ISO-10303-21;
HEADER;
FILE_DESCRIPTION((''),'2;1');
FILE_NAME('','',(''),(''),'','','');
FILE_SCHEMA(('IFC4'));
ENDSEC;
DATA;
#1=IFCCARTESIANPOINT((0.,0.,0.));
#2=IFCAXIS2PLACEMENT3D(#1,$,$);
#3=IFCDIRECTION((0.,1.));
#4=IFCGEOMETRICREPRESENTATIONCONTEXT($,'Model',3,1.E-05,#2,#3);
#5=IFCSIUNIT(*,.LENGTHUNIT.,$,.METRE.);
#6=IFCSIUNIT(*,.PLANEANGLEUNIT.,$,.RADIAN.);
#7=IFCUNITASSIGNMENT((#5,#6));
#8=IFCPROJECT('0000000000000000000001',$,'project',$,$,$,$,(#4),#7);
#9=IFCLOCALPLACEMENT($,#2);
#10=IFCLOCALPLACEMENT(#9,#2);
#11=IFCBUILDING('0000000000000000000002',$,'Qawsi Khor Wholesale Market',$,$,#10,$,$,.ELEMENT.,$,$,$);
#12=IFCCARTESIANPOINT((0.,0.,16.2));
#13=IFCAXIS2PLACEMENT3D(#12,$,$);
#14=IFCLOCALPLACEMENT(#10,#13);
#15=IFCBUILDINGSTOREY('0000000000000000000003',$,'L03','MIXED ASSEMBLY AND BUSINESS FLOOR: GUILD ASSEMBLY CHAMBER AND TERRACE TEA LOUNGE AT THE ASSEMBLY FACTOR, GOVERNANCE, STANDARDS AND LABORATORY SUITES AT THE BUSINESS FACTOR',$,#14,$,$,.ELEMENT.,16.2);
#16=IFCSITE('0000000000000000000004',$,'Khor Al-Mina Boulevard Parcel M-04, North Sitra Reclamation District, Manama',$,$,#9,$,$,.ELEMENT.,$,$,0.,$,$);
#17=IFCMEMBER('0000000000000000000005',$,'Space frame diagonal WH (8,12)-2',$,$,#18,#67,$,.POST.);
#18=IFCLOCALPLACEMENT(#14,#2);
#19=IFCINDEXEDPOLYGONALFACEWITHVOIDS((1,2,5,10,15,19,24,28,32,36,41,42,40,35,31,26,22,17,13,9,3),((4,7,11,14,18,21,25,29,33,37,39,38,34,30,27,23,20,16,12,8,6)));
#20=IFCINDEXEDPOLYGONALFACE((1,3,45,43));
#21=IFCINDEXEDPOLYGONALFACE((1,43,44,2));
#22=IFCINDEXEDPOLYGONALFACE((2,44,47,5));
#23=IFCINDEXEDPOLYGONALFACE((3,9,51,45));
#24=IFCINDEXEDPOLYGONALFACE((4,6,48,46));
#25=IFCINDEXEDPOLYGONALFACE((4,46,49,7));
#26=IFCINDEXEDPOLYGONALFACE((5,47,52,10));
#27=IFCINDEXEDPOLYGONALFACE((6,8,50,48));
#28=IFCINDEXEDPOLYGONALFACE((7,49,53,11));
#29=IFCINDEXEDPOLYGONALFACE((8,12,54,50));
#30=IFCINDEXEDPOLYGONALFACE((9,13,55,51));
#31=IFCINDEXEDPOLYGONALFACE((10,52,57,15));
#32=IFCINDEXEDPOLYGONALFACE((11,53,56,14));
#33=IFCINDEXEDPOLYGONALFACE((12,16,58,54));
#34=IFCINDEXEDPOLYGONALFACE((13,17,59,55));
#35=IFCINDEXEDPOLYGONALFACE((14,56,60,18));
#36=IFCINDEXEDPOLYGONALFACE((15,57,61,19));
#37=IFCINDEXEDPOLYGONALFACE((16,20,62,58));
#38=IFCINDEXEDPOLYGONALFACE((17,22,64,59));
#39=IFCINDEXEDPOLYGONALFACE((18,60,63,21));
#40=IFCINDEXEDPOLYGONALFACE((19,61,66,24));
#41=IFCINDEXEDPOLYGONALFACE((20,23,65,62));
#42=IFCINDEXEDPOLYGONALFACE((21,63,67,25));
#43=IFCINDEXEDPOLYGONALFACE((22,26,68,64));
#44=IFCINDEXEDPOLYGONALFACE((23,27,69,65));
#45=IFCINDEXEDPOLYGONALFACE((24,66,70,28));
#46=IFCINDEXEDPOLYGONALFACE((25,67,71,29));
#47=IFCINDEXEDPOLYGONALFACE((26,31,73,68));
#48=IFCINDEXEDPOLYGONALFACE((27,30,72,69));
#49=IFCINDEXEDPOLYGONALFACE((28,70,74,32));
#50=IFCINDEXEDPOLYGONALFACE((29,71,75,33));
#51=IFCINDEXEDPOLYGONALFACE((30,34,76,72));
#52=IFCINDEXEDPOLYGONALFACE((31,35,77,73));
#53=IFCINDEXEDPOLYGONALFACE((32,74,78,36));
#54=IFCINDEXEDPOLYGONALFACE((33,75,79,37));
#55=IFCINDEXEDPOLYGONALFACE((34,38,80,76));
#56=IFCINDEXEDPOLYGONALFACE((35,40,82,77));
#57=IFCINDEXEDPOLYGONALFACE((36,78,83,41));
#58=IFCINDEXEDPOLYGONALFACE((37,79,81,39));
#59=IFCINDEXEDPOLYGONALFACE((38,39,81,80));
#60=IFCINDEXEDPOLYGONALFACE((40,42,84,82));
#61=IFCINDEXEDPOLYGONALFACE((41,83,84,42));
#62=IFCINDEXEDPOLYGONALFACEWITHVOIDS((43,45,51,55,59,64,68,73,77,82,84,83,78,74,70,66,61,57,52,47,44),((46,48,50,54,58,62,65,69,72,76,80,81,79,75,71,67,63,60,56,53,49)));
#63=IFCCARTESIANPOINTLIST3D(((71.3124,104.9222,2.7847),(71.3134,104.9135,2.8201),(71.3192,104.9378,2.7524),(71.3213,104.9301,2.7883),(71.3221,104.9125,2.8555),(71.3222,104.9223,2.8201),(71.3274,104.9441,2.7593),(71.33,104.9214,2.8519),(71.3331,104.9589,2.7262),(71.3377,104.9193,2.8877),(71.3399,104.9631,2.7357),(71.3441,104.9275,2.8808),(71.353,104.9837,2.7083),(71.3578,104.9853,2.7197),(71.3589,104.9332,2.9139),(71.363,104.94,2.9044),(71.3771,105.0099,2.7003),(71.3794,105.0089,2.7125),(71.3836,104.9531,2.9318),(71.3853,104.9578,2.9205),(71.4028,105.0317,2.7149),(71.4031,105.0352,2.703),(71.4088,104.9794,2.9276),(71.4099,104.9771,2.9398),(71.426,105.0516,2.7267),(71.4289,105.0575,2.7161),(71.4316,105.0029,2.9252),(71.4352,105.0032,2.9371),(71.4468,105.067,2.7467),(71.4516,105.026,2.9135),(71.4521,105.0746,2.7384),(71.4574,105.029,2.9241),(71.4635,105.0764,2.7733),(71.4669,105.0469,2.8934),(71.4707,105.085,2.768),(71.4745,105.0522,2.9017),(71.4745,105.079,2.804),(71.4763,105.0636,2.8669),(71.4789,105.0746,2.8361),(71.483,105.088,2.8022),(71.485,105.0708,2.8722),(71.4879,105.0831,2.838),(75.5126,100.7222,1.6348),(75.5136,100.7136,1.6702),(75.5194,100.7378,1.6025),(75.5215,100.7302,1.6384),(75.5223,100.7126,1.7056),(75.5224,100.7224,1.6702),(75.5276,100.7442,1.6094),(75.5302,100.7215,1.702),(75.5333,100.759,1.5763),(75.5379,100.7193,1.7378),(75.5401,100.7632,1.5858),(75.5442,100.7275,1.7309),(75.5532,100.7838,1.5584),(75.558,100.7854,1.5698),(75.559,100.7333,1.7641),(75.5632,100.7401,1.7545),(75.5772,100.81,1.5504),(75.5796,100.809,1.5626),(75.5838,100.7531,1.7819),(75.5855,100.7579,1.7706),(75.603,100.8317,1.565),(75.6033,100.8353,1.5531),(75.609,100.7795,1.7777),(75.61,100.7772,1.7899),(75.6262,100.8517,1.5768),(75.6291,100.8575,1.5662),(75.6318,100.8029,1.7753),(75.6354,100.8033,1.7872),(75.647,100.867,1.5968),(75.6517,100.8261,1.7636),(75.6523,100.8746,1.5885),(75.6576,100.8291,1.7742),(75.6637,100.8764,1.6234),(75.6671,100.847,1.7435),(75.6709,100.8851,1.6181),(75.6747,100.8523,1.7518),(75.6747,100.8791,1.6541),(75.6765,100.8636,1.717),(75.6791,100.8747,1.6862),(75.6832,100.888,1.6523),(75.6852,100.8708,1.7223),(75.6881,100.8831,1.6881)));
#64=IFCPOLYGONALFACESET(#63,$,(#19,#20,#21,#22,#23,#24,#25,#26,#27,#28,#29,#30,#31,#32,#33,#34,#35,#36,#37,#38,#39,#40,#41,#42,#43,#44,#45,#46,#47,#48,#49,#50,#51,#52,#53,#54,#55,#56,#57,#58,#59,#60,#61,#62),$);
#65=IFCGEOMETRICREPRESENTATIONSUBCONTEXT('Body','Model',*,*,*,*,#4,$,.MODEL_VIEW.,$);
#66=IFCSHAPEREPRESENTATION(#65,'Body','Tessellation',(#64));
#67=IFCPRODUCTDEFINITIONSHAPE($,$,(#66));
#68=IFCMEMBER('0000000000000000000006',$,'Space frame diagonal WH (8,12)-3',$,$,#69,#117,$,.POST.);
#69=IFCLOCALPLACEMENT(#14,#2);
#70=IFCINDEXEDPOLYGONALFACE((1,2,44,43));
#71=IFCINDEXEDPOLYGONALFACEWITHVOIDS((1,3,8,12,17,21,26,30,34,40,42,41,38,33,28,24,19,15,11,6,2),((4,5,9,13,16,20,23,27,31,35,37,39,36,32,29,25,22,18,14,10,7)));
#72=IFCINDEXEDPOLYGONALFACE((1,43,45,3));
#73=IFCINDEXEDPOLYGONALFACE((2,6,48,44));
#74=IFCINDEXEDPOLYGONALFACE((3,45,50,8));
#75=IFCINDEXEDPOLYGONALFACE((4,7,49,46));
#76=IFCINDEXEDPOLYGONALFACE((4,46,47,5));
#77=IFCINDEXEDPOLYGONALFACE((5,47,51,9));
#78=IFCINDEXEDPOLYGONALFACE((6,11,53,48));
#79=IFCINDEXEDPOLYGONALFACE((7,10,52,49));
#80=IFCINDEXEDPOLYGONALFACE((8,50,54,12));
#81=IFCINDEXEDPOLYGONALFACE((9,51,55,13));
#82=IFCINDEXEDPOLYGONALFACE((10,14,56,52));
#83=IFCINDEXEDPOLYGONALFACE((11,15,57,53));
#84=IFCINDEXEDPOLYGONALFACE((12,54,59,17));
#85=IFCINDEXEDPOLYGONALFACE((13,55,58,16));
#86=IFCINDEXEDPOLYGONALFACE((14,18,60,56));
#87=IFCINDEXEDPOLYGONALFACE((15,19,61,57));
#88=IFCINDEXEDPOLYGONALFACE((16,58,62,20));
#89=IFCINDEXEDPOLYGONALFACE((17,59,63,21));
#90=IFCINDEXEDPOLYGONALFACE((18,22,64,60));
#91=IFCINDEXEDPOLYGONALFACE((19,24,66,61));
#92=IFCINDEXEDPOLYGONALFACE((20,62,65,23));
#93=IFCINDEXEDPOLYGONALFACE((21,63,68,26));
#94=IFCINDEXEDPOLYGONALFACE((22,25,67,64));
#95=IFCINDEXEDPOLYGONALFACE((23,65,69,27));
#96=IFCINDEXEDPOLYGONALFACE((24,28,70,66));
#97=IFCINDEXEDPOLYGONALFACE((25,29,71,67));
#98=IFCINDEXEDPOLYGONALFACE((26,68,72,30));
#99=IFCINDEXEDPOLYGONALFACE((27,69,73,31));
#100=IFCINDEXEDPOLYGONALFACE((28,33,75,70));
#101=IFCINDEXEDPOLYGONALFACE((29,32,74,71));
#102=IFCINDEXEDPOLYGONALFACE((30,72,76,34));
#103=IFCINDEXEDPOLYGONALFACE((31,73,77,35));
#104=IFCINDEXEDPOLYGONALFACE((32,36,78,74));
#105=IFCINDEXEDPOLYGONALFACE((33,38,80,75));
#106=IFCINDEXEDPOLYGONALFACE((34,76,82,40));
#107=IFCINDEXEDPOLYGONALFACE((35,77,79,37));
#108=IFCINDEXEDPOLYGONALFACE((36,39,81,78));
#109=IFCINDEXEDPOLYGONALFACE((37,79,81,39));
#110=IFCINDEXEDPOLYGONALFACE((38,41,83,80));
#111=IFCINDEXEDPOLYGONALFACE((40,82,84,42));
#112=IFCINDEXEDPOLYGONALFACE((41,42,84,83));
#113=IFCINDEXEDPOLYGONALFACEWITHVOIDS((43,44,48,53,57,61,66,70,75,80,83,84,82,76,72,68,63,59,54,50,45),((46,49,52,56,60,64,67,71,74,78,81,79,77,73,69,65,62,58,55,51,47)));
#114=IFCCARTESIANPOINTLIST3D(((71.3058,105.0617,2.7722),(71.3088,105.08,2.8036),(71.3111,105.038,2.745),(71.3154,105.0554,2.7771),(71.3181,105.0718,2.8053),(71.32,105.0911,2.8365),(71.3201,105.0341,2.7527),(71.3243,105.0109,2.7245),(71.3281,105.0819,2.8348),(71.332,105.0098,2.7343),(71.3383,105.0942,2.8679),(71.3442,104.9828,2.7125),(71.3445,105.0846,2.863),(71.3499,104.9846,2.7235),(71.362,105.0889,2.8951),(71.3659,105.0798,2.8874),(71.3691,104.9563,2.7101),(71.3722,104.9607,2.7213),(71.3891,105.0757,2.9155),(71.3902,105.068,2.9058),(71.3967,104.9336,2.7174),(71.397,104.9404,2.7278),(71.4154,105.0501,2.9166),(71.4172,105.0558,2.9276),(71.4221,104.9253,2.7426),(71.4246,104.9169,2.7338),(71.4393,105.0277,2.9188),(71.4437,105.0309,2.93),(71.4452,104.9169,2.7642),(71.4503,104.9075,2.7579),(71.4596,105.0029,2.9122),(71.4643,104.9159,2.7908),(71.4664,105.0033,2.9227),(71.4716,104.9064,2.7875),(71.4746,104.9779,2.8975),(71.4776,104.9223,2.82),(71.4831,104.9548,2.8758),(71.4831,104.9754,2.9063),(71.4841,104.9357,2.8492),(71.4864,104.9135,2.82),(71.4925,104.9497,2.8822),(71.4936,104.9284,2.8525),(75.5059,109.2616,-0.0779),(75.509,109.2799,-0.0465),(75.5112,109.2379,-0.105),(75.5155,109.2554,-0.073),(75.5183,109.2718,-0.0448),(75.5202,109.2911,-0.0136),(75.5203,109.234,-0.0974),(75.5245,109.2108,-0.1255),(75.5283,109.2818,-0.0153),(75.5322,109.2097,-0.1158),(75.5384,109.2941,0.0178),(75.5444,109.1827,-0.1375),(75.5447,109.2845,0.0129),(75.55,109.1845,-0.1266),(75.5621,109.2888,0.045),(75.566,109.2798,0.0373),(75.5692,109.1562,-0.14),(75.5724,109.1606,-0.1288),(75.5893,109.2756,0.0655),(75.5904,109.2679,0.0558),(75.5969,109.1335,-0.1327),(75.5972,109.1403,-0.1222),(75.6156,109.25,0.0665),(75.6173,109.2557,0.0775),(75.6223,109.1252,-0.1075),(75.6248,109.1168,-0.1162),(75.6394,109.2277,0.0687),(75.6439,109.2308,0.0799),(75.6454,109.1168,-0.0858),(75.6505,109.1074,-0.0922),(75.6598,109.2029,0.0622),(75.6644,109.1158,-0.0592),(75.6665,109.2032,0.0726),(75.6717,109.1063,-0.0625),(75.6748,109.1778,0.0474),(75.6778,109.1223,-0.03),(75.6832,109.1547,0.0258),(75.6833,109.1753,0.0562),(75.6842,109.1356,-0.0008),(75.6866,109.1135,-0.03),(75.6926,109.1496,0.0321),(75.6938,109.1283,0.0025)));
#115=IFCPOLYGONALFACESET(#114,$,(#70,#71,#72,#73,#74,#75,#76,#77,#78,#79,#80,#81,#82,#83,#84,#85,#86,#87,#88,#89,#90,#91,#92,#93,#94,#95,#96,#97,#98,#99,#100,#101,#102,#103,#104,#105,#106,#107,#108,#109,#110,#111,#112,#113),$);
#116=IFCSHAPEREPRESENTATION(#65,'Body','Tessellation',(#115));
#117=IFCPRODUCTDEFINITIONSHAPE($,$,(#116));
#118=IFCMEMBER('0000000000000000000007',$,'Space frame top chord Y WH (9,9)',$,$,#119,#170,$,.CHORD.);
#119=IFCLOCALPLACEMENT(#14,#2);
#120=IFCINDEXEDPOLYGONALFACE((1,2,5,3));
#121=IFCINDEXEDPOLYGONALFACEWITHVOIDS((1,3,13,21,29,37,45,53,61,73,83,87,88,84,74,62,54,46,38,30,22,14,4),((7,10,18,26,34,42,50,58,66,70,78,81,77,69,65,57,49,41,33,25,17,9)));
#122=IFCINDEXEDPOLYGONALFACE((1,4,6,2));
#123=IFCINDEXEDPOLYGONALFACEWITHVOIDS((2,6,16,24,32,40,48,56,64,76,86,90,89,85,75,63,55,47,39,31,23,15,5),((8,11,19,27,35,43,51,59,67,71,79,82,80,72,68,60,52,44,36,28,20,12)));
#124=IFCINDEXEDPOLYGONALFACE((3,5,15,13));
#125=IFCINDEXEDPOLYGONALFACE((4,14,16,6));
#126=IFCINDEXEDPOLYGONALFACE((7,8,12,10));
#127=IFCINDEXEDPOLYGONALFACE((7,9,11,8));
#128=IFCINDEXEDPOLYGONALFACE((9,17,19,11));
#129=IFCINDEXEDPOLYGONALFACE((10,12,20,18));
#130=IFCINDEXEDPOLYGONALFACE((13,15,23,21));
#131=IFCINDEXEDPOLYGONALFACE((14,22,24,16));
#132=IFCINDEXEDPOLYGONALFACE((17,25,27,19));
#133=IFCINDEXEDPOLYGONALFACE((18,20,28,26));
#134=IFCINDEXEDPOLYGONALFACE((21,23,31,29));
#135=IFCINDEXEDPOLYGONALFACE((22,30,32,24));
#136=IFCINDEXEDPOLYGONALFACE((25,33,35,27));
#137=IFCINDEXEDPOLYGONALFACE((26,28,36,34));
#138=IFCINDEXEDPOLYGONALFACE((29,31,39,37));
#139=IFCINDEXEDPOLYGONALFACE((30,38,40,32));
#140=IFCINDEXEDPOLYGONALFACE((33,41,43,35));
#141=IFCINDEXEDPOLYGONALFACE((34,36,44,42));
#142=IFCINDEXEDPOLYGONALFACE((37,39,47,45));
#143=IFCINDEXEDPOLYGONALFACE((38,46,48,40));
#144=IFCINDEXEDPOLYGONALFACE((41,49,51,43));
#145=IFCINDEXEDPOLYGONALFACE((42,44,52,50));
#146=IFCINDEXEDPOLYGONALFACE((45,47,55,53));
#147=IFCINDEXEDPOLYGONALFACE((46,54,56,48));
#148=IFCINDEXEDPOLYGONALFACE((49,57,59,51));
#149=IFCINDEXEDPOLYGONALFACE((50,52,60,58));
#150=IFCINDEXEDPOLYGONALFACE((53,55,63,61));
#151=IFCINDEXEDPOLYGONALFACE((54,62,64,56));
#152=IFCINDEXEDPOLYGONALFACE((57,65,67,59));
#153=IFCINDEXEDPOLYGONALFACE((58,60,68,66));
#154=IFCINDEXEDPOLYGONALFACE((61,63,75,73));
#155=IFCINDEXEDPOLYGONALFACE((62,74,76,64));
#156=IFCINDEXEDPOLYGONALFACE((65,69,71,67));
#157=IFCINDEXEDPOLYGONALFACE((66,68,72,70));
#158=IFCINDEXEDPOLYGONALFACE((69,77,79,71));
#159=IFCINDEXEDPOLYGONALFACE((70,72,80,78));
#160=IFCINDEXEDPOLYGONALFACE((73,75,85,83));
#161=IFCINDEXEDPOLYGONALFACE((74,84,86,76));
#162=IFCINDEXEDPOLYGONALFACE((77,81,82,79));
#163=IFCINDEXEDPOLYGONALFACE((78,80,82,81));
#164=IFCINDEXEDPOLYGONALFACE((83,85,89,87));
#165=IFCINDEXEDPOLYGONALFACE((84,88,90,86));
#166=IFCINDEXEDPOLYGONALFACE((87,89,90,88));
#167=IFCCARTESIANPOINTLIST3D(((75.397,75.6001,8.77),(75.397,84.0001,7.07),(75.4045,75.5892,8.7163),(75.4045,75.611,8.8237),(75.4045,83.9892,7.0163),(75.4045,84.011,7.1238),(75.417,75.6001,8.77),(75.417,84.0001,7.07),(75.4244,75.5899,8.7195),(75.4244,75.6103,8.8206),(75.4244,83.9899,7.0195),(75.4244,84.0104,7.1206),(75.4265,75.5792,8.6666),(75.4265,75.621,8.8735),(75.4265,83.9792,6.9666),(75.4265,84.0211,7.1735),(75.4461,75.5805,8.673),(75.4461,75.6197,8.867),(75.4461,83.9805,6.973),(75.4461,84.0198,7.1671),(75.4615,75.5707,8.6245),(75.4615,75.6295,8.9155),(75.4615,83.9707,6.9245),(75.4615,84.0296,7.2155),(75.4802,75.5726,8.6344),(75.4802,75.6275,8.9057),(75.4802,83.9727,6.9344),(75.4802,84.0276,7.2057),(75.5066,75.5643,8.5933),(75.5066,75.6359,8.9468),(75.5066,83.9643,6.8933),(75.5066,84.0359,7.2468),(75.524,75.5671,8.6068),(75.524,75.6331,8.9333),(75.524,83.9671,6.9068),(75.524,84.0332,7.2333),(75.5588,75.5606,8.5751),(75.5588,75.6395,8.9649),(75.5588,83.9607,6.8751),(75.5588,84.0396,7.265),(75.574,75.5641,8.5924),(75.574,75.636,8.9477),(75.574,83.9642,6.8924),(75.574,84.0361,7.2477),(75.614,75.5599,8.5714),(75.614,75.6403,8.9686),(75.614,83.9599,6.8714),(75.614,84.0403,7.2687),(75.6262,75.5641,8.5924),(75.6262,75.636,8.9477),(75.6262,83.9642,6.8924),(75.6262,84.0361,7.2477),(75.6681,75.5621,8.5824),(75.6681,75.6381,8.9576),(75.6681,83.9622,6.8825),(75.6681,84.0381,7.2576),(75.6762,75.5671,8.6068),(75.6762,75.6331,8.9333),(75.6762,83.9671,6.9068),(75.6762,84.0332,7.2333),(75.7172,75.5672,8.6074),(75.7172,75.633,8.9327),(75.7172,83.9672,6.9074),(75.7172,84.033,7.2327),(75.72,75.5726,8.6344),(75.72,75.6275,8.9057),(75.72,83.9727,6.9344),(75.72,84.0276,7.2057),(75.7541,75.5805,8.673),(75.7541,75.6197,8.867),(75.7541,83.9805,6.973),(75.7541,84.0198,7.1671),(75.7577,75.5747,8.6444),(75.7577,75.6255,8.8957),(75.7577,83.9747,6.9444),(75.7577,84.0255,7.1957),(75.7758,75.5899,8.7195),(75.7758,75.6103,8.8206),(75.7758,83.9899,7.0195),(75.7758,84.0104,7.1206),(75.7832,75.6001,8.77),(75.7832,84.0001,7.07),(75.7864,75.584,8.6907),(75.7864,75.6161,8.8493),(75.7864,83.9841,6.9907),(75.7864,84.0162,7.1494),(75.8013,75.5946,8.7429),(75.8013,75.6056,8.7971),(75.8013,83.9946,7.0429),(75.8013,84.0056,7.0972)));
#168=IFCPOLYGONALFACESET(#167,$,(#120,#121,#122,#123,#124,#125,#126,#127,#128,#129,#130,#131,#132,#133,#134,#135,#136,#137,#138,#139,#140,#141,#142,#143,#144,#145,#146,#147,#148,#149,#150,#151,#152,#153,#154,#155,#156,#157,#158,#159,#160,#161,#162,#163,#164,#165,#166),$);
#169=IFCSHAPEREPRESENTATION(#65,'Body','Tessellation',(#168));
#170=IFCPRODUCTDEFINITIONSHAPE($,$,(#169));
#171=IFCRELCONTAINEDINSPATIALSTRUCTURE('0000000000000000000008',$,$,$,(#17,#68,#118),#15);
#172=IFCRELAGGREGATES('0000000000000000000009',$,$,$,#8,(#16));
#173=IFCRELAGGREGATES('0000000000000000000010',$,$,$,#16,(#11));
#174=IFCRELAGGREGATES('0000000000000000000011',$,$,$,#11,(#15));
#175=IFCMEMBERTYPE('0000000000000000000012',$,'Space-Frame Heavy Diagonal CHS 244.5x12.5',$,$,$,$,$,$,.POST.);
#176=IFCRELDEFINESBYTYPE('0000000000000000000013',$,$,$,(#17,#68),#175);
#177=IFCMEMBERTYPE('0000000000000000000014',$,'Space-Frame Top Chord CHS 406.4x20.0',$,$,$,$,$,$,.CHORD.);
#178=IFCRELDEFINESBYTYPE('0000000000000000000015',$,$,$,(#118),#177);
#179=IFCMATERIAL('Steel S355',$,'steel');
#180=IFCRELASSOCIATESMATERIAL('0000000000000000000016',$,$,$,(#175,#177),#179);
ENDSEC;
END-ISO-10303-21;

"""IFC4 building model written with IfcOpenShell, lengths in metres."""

from ifc_helpers import new_model, si_unit, direction, frame, origin, origin_2d, place, context, subcontext, project, spatial, hollow_circle, extrude, material, material_profile, profile_set, type_object, element, save


model = new_model("IFC4")

# Units and contexts
model_context = context("Model", 3, precision=1e-05, world=origin(), true_north=direction((0.0, 1.0)))
body_context = subcontext(model_context, "Body", "Model", "MODEL_VIEW")
ifc_project = project(units=[si_unit("LENGTHUNIT", "METRE"), si_unit("PLANEANGLEUNIT", "RADIAN")], contexts=[model_context])

# Site, building, storey
site_placement = place(None, origin())
site = spatial("IfcSite", under=ifc_project, at=site_placement, Name="Khor Al-Mina Boulevard Parcel M-04, North Sitra Reclamation District, Manama", CompositionType="ELEMENT", RefElevation=0.0)
building_placement = place(site_placement, origin())
building = spatial("IfcBuilding", under=site, at=building_placement, Name="Qawsi Khor Wholesale Market", CompositionType="ELEMENT")
storey_placement = place(building_placement, frame((0.0, 0.0, 16.2)))
storey = spatial("IfcBuildingStorey", under=building, at=storey_placement, Name="L03", Description="MIXED ASSEMBLY AND BUSINESS FLOOR: GUILD ASSEMBLY CHAMBER AND TERRACE TEA LOUNGE AT THE ASSEMBLY FACTOR, GOVERNANCE, STANDARDS AND LABORATORY SUITES AT THE BUSINESS FACTOR", CompositionType="ELEMENT", Elevation=16.2)

# Members
ifc_material_1 = material(Name="Steel S355", Category="steel")
ifc_material_profile_1 = material_profile(ifc_material_1, hollow_circle(Radius=0.1223, WallThickness=0.0125, at=origin_2d()), Name="CHS 244.5x12.5")
ifc_profile_set_1 = profile_set([ifc_material_profile_1], Name="Steel S355")
member_type_1 = type_object("IfcMemberType", Name="Space-Frame Heavy Diagonal CHS 244.5x12.5", PredefinedType="POST", material=ifc_profile_set_1)
member_1_placement = place(storey_placement, frame((75.6001, 100.8, 1.6702), z_axis=(-0.694238, 0.694197, 0.190064), x_axis=(-0.707086, -0.707127, 0.0)))
element("IfcMember", 1, at=member_1_placement, inside=storey, type_object=member_type_1, Name="Space frame diagonal WH (8,12)-2", PredefinedType="POST", context=body_context, shape_type="SweptSolid", body=[
    extrude(hollow_circle(Radius=0.1223, WallThickness=0.0125, at=origin_2d()), origin(), (0.0, 0.0, 1.0), 6.05),
])
member_2_placement = place(storey_placement, frame((75.6001, 109.2, -0.03), z_axis=(-0.637534, -0.637497, 0.432607), x_axis=(0.707086, -0.707127, 0.0)))
element("IfcMember", 2, at=member_2_placement, inside=storey, type_object=member_type_1, Name="Space frame diagonal WH (8,12)-3", PredefinedType="POST", context=body_context, shape_type="SweptSolid", body=[
    extrude(hollow_circle(Radius=0.1223, WallThickness=0.0125, at=origin_2d()), origin(), (0.0, 0.0, 1.0), 6.5881),
])
ifc_material_profile_2 = material_profile(ifc_material_1, hollow_circle(Radius=0.2031, WallThickness=0.02, at=origin_2d()), Name="CHS 406.4x20.0")
ifc_profile_set_2 = profile_set([ifc_material_profile_2], Name="Steel S355")
member_type_2 = type_object("IfcMemberType", Name="Space-Frame Top Chord CHS 406.4x20.0", PredefinedType="CHORD", material=ifc_profile_set_2)
for number, where, z_axis, x_axis, name in (
    (3, (75.6001, 75.6001, 8.77), (0.0, 0.98013, -0.198356), (-1.0, 0.0, 0.0), "Space frame top chord Y WH (9,9)"),
):
    element("IfcMember", number, at=place(storey_placement, frame(where, z_axis=z_axis, x_axis=x_axis)), inside=storey, type_object=member_type_2, Name=name, PredefinedType="CHORD", context=body_context, shape_type="SweptSolid", body=[
        extrude(hollow_circle(Radius=0.2031, WallThickness=0.02, at=origin_2d()), origin(), (0.0, 0.0, 1.0), 8.5703),
    ])

save(model, "model.ifc")
